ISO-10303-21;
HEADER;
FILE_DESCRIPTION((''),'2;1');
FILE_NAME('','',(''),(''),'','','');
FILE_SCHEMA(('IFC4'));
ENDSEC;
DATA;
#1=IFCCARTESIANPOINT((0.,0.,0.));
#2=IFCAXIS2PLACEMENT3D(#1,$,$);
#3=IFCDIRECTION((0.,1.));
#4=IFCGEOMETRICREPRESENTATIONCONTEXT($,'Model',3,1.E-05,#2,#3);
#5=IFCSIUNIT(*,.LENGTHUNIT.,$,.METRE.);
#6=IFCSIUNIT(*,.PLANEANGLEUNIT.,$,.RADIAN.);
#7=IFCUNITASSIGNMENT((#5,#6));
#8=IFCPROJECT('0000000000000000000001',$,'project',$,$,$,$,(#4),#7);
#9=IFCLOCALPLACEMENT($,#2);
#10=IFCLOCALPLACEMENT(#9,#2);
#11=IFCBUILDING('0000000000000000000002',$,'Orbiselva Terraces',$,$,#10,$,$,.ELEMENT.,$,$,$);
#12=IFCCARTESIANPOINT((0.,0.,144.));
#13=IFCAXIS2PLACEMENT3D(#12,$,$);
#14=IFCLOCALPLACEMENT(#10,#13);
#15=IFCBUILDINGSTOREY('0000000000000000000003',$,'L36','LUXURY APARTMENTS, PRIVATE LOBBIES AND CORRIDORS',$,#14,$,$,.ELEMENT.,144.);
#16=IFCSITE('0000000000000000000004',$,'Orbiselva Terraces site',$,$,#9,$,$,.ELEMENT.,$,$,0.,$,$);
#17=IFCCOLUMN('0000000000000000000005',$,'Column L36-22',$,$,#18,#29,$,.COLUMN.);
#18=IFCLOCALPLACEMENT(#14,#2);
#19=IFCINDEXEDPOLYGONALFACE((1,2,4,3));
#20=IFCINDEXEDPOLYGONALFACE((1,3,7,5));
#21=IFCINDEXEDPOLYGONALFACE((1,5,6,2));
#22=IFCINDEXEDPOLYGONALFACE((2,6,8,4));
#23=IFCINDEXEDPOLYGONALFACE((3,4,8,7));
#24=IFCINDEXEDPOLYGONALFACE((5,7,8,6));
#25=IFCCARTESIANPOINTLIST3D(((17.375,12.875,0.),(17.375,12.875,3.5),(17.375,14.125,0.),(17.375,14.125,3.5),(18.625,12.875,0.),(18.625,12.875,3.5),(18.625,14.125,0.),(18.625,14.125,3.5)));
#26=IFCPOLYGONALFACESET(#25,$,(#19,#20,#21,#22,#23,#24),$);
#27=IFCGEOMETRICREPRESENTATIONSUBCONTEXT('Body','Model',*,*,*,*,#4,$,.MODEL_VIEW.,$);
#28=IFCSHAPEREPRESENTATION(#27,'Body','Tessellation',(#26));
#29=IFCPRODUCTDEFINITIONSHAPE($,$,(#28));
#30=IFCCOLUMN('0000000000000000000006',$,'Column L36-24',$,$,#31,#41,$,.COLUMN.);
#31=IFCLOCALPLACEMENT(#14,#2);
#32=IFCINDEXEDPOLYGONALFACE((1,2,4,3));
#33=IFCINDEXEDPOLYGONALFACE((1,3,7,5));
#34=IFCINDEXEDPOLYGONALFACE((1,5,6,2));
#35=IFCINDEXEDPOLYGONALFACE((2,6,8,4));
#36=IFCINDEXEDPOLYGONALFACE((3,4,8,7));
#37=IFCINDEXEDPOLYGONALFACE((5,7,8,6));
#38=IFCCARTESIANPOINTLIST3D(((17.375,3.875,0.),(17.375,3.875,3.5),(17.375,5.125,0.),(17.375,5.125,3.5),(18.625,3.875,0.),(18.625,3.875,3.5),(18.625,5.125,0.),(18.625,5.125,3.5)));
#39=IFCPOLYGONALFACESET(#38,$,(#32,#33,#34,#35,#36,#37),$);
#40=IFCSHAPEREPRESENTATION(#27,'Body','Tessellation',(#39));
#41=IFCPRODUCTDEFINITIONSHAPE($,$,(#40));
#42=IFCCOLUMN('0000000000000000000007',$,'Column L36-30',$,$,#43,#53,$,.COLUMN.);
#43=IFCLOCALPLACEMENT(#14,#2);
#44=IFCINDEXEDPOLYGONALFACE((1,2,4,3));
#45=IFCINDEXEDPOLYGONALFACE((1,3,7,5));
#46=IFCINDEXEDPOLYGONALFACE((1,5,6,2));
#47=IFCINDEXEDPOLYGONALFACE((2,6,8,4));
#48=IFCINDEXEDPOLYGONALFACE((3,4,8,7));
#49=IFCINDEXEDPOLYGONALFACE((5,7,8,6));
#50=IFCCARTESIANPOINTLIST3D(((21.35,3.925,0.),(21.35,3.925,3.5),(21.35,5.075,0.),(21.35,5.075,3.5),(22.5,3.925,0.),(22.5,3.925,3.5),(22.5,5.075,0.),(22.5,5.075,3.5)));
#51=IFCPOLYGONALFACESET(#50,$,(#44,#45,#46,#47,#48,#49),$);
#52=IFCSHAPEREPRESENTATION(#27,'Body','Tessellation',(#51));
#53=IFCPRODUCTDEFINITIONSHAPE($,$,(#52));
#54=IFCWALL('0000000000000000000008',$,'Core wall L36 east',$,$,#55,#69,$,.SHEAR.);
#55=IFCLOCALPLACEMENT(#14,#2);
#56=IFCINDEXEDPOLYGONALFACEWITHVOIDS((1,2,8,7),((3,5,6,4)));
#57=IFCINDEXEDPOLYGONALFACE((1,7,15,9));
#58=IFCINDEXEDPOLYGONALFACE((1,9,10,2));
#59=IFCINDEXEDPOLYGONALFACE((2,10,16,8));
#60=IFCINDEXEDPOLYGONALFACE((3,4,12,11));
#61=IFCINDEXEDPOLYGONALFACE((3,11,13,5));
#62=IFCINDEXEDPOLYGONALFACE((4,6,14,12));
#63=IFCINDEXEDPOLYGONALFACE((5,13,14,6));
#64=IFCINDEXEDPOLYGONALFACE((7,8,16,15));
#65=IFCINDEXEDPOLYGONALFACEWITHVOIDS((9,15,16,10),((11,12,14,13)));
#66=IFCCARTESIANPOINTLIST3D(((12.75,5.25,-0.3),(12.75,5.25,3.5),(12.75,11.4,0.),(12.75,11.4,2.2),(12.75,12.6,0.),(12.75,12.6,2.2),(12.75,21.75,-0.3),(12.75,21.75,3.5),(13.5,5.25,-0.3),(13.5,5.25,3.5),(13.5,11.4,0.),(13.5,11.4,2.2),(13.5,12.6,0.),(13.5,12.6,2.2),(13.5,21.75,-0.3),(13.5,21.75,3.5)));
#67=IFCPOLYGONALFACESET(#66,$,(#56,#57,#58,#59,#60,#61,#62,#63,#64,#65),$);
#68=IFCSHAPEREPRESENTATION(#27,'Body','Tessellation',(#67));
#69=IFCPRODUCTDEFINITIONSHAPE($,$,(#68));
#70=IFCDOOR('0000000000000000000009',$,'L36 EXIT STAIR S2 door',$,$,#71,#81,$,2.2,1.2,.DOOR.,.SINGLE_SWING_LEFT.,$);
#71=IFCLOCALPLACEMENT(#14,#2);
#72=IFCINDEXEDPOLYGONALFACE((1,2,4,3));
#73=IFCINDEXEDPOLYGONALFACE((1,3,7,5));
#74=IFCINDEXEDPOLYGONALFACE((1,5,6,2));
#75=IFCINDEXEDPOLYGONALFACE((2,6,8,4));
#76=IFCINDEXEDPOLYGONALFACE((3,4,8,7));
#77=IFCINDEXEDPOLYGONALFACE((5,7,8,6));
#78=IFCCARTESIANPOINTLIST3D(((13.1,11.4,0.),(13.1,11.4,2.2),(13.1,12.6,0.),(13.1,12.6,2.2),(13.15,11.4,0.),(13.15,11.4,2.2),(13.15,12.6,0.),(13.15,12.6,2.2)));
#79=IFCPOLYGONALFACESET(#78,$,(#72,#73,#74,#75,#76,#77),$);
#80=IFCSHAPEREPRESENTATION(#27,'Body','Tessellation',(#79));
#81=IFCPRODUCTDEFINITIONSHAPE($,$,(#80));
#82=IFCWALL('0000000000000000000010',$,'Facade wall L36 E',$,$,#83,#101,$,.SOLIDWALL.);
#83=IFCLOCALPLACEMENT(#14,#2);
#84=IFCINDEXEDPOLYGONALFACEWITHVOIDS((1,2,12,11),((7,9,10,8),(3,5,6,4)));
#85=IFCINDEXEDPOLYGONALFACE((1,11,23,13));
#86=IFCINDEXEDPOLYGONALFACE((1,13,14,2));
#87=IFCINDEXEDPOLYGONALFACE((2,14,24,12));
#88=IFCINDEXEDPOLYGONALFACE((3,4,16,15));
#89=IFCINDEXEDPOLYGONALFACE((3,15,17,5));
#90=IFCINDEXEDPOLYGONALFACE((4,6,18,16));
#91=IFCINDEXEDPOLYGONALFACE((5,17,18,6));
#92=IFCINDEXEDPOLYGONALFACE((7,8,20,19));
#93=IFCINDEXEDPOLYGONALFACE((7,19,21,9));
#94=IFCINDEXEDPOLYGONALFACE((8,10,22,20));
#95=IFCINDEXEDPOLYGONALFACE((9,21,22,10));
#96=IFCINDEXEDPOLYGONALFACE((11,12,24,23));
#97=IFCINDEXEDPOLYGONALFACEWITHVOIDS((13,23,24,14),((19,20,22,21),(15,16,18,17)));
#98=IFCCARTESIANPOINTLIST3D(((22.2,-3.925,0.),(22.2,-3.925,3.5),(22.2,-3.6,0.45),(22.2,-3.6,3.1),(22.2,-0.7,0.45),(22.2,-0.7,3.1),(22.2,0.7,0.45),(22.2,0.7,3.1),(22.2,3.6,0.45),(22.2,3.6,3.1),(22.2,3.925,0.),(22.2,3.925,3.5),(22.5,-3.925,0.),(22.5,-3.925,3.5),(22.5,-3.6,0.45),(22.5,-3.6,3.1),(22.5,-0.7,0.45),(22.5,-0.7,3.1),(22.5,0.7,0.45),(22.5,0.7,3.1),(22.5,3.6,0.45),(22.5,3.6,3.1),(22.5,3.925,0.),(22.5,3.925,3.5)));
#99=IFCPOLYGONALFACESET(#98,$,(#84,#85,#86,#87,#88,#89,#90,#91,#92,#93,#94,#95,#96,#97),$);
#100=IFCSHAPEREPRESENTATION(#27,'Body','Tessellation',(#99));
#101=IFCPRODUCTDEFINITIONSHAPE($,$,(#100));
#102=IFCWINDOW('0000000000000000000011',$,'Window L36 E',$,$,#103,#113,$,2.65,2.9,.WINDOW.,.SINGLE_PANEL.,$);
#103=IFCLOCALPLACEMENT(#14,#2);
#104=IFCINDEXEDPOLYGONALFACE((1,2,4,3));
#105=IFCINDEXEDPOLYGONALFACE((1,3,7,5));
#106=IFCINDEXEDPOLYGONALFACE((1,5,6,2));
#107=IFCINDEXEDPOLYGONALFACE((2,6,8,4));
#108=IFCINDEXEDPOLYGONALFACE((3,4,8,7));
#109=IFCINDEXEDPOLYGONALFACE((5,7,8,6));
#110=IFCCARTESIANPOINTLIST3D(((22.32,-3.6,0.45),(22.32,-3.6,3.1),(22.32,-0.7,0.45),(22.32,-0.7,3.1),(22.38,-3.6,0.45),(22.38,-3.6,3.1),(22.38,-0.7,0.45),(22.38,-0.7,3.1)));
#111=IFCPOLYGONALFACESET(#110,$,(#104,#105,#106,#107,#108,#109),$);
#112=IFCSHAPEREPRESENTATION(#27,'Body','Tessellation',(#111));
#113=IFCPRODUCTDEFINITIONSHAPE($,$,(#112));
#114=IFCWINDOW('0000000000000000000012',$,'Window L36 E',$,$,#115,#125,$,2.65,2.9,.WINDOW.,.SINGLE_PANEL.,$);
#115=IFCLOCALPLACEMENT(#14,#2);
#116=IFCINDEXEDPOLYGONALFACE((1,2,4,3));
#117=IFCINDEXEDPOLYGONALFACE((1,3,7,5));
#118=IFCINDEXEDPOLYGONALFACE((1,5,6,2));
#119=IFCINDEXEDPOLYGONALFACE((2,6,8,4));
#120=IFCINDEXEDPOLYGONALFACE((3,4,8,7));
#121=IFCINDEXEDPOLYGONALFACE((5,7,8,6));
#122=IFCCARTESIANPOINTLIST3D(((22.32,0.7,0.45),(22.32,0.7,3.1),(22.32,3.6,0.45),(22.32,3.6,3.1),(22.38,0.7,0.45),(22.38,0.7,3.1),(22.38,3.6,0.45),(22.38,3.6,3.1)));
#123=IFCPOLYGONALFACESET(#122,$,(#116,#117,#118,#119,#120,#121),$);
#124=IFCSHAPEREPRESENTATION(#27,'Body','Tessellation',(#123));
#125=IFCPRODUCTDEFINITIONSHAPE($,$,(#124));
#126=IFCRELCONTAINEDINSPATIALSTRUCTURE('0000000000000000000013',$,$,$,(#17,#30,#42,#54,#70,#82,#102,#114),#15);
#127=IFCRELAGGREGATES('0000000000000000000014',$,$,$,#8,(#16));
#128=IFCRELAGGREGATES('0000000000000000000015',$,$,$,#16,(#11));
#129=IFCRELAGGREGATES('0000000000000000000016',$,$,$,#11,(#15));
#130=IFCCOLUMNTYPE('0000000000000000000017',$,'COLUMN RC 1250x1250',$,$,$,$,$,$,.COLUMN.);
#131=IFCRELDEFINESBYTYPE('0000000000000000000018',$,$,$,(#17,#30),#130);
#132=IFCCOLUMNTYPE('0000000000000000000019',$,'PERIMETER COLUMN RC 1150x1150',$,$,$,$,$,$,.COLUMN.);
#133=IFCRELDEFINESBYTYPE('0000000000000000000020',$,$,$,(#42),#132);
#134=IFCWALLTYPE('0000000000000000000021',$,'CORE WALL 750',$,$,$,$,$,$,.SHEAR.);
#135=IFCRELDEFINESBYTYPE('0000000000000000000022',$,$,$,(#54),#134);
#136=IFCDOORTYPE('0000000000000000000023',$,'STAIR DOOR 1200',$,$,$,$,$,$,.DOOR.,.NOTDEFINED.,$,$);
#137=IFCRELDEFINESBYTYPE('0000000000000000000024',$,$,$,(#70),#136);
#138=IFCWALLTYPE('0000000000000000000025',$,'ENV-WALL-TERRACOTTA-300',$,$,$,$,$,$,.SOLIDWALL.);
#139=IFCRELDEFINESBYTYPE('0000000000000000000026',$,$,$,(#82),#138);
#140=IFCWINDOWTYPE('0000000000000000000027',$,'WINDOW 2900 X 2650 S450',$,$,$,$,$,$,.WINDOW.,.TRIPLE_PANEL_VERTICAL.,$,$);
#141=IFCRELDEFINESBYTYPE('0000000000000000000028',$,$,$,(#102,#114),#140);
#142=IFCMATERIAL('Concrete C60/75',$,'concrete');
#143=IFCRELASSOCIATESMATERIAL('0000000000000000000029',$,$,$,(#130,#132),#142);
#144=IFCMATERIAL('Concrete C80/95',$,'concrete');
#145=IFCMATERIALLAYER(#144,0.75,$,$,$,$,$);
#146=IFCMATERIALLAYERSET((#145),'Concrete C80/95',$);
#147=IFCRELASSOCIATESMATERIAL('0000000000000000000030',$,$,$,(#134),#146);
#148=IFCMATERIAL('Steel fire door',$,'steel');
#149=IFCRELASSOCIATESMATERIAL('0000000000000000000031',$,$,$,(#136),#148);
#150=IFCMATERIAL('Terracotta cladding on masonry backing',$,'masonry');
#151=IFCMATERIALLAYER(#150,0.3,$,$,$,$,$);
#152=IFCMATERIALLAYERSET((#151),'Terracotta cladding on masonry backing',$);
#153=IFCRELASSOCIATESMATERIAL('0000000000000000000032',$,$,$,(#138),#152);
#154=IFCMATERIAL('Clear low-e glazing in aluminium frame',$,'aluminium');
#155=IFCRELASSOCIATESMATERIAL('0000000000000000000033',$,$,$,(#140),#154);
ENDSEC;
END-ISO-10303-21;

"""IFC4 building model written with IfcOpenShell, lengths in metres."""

from ifc_helpers import new_model, si_unit, direction, frame, frame_2d, origin, origin_2d, place, context, subcontext, project, spatial, rectangle, extrude, material, layer, layer_set, material_profile, profile_set, type_object, element, fill, save


model = new_model("IFC4")

# Units and contexts
model_context = context("Model", 3, precision=1e-05, world=origin(), true_north=direction((0.0, 1.0)))
body_context = subcontext(model_context, "Body", "Model", "MODEL_VIEW")
ifc_project = project(units=[si_unit("LENGTHUNIT", "METRE"), si_unit("PLANEANGLEUNIT", "RADIAN")], contexts=[model_context])

# Site, building, storey
site_placement = place(None, origin())
site = spatial("IfcSite", under=ifc_project, at=site_placement, Name="Orbiselva Terraces site", CompositionType="ELEMENT", RefElevation=0.0)
building_placement = place(site_placement, origin())
building = spatial("IfcBuilding", under=site, at=building_placement, Name="Orbiselva Terraces", CompositionType="ELEMENT")
storey_placement = place(building_placement, frame((0.0, 0.0, 144.0)))
storey = spatial("IfcBuildingStorey", under=building, at=storey_placement, Name="L36", Description="LUXURY APARTMENTS, PRIVATE LOBBIES AND CORRIDORS", CompositionType="ELEMENT", Elevation=144.0)

# Columns
ifc_material_1 = material(Name="Concrete C60/75", Category="concrete")
ifc_material_profile_1 = material_profile(ifc_material_1, rectangle(XDim=1.25, YDim=1.25, at=origin_2d()), Name="RC 1250x1250")
ifc_profile_set_1 = profile_set([ifc_material_profile_1], Name="Concrete C60/75")
column_type_1 = type_object("IfcColumnType", Name="COLUMN RC 1250x1250", PredefinedType="COLUMN", material=ifc_profile_set_1)
for number, where, z_axis, x_axis, name in (
    (1, (18.0, 13.5, 0.0), (0.0, 0.0, 1.0), (1.0, 0.0, 0.0), "Column L36-22"),
    (2, (18.0, 4.5, 0.0), (0.0, 0.0, 1.0), (1.0, 0.0, 0.0), "Column L36-24"),
):
    element("IfcColumn", number, at=place(storey_placement, frame(where, z_axis=z_axis, x_axis=x_axis)), inside=storey, type_object=column_type_1, Name=name, PredefinedType="COLUMN", context=body_context, shape_type="SweptSolid", body=[
        extrude(rectangle(XDim=1.25, YDim=1.25, at=origin_2d()), origin(), (0.0, 0.0, 1.0), 3.5),
    ])
ifc_material_profile_2 = material_profile(ifc_material_1, rectangle(XDim=1.15, YDim=1.15, at=origin_2d()), Name="RC 1150x1150")
ifc_profile_set_2 = profile_set([ifc_material_profile_2], Name="Concrete C60/75")
column_type_2 = type_object("IfcColumnType", Name="PERIMETER COLUMN RC 1150x1150", PredefinedType="COLUMN", material=ifc_profile_set_2)
column_placement = place(storey_placement, frame((21.925, 4.5, 0.0), z_axis=(0.0, 0.0, 1.0), x_axis=(1.0, 0.0, 0.0)))
element("IfcColumn", 3, at=column_placement, inside=storey, type_object=column_type_2, Name="Column L36-30", PredefinedType="COLUMN", context=body_context, shape_type="SweptSolid", body=[
    extrude(rectangle(XDim=1.15, YDim=1.15, at=origin_2d()), origin(), (0.0, 0.0, 1.0), 3.5),
])

# Wall, opening, door
ifc_material_2 = material(Name="Concrete C80/95", Category="concrete")
ifc_layer_1 = layer(ifc_material_2, 0.75)
ifc_layer_set_1 = layer_set([ifc_layer_1], Name="Concrete C80/95")
wall_type_1 = type_object("IfcWallType", Name="CORE WALL 750", PredefinedType="SHEAR", material=ifc_layer_set_1)
wall_1_placement = place(storey_placement, frame((13.125, 5.25, -0.3), z_axis=(0.0, 0.0, 1.0), x_axis=(0.0, 1.0, 0.0)))
wall_1 = element("IfcWall", 4, at=wall_1_placement, inside=storey, type_object=wall_type_1, Name="Core wall L36 east", PredefinedType="SHEAR", context=body_context, shape_type="SweptSolid", body=[
    extrude(rectangle(XDim=16.5, YDim=0.75, at=frame_2d((8.25, 0.0))), origin(), (0.0, 0.0, 1.0), 3.8),
])
opening_1_placement = place(wall_1_placement, frame((6.15, 0.0, 0.3)))
opening_1 = element("IfcOpeningElement", 5, at=opening_1_placement, cuts=wall_1, PredefinedType="OPENING", context=body_context, shape_type="SweptSolid", body=[
    extrude(rectangle(XDim=1.2, YDim=2.2, at=frame_2d((0.6, 1.1))), frame((0.0, 0.385, 0.0), z_axis=(0.0, -1.0, 0.0), x_axis=(1.0, 0.0, 0.0)), (0.0, 0.0, 1.0), 0.77),
])
ifc_material_3 = material(Name="Steel fire door", Category="steel")
door_type_1 = type_object("IfcDoorType", Name="STAIR DOOR 1200", OperationType="NOTDEFINED", PredefinedType="DOOR", material=ifc_material_3)
door_1_placement = place(opening_1_placement, frame((1.2, 0.0, 0.0), z_axis=(0.0, 0.0, 1.0), x_axis=(-1.0, 0.0, 0.0)))
door_1 = element("IfcDoor", 6, at=door_1_placement, inside=storey, type_object=door_type_1, Name="L36 EXIT STAIR S2 door", OperationType="SINGLE_SWING_LEFT", OverallHeight=2.2, OverallWidth=1.2, PredefinedType="DOOR", context=body_context, shape_type="SweptSolid", body=[
    extrude(rectangle(XDim=1.2, YDim=2.2, at=frame_2d((0.6, 1.1))), frame((0.0, 0.025, 0.0), z_axis=(0.0, -1.0, 0.0), x_axis=(1.0, 0.0, 0.0)), (0.0, 0.0, 1.0), 0.05),
])
fill(opening_1, door_1)

# Wall, openings, windows
ifc_material_4 = material(Name="Terracotta cladding on masonry backing", Category="masonry")
ifc_layer_2 = layer(ifc_material_4, 0.3)
ifc_layer_set_2 = layer_set([ifc_layer_2], Name="Terracotta cladding on masonry backing")
wall_type_2 = type_object("IfcWallType", Name="ENV-WALL-TERRACOTTA-300", PredefinedType="SOLIDWALL", material=ifc_layer_set_2)
wall_2_placement = place(storey_placement, frame((22.35, 3.925, 0.0), z_axis=(0.0, 0.0, 1.0), x_axis=(0.0, -1.0, 0.0)))
wall_2 = element("IfcWall", 7, at=wall_2_placement, inside=storey, type_object=wall_type_2, Name="Facade wall L36 E", PredefinedType="SOLIDWALL", context=body_context, shape_type="SweptSolid", body=[
    extrude(rectangle(XDim=7.85, YDim=0.3, at=frame_2d((3.925, 0.0))), origin(), (0.0, 0.0, 1.0), 3.5),
])
opening_2_placement = place(wall_2_placement, frame((4.625, 0.0, 0.45)))
opening_2 = element("IfcOpeningElement", 8, at=opening_2_placement, cuts=wall_2, PredefinedType="OPENING", context=body_context, shape_type="SweptSolid", body=[
    extrude(rectangle(XDim=2.9, YDim=2.65, at=frame_2d((1.45, 1.325))), frame((0.0, 0.16, 0.0), z_axis=(0.0, -1.0, 0.0), x_axis=(1.0, 0.0, 0.0)), (0.0, 0.0, 1.0), 0.32),
])
opening_3_placement = place(wall_2_placement, frame((0.325, 0.0, 0.45)))
opening_3 = element("IfcOpeningElement", 9, at=opening_3_placement, cuts=wall_2, PredefinedType="OPENING", context=body_context, shape_type="SweptSolid", body=[
    extrude(rectangle(XDim=2.9, YDim=2.65, at=frame_2d((1.45, 1.325))), frame((0.0, 0.16, 0.0), z_axis=(0.0, -1.0, 0.0), x_axis=(1.0, 0.0, 0.0)), (0.0, 0.0, 1.0), 0.32),
])
ifc_material_5 = material(Name="Clear low-e glazing in aluminium frame", Category="aluminium")
window_type = type_object("IfcWindowType", Name="WINDOW 2900 X 2650 S450", PartitioningType="TRIPLE_PANEL_VERTICAL", PredefinedType="WINDOW", material=ifc_material_5)
window_1_placement = place(opening_2_placement, origin())
window_1 = element("IfcWindow", 10, at=window_1_placement, inside=storey, type_object=window_type, Name="Window L36 E", OverallHeight=2.65, OverallWidth=2.9, PartitioningType="SINGLE_PANEL", PredefinedType="WINDOW", context=body_context, shape_type="SweptSolid", body=[
    extrude(rectangle(XDim=2.9, YDim=2.65, at=frame_2d((1.45, 1.325))), frame((0.0, 0.03, 0.0), z_axis=(0.0, -1.0, 0.0), x_axis=(1.0, 0.0, 0.0)), (0.0, 0.0, 1.0), 0.06),
])
fill(opening_2, window_1)
window_2_placement = place(opening_3_placement, origin())
window_2 = element("IfcWindow", 11, at=window_2_placement, inside=storey, type_object=window_type, Name="Window L36 E", OverallHeight=2.65, OverallWidth=2.9, PartitioningType="SINGLE_PANEL", PredefinedType="WINDOW", context=body_context, shape_type="SweptSolid", body=[
    extrude(rectangle(XDim=2.9, YDim=2.65, at=frame_2d((1.45, 1.325))), frame((0.0, 0.03, 0.0), z_axis=(0.0, -1.0, 0.0), x_axis=(1.0, 0.0, 0.0)), (0.0, 0.0, 1.0), 0.06),
])
fill(opening_3, window_2)

save(model, "model.ifc")
